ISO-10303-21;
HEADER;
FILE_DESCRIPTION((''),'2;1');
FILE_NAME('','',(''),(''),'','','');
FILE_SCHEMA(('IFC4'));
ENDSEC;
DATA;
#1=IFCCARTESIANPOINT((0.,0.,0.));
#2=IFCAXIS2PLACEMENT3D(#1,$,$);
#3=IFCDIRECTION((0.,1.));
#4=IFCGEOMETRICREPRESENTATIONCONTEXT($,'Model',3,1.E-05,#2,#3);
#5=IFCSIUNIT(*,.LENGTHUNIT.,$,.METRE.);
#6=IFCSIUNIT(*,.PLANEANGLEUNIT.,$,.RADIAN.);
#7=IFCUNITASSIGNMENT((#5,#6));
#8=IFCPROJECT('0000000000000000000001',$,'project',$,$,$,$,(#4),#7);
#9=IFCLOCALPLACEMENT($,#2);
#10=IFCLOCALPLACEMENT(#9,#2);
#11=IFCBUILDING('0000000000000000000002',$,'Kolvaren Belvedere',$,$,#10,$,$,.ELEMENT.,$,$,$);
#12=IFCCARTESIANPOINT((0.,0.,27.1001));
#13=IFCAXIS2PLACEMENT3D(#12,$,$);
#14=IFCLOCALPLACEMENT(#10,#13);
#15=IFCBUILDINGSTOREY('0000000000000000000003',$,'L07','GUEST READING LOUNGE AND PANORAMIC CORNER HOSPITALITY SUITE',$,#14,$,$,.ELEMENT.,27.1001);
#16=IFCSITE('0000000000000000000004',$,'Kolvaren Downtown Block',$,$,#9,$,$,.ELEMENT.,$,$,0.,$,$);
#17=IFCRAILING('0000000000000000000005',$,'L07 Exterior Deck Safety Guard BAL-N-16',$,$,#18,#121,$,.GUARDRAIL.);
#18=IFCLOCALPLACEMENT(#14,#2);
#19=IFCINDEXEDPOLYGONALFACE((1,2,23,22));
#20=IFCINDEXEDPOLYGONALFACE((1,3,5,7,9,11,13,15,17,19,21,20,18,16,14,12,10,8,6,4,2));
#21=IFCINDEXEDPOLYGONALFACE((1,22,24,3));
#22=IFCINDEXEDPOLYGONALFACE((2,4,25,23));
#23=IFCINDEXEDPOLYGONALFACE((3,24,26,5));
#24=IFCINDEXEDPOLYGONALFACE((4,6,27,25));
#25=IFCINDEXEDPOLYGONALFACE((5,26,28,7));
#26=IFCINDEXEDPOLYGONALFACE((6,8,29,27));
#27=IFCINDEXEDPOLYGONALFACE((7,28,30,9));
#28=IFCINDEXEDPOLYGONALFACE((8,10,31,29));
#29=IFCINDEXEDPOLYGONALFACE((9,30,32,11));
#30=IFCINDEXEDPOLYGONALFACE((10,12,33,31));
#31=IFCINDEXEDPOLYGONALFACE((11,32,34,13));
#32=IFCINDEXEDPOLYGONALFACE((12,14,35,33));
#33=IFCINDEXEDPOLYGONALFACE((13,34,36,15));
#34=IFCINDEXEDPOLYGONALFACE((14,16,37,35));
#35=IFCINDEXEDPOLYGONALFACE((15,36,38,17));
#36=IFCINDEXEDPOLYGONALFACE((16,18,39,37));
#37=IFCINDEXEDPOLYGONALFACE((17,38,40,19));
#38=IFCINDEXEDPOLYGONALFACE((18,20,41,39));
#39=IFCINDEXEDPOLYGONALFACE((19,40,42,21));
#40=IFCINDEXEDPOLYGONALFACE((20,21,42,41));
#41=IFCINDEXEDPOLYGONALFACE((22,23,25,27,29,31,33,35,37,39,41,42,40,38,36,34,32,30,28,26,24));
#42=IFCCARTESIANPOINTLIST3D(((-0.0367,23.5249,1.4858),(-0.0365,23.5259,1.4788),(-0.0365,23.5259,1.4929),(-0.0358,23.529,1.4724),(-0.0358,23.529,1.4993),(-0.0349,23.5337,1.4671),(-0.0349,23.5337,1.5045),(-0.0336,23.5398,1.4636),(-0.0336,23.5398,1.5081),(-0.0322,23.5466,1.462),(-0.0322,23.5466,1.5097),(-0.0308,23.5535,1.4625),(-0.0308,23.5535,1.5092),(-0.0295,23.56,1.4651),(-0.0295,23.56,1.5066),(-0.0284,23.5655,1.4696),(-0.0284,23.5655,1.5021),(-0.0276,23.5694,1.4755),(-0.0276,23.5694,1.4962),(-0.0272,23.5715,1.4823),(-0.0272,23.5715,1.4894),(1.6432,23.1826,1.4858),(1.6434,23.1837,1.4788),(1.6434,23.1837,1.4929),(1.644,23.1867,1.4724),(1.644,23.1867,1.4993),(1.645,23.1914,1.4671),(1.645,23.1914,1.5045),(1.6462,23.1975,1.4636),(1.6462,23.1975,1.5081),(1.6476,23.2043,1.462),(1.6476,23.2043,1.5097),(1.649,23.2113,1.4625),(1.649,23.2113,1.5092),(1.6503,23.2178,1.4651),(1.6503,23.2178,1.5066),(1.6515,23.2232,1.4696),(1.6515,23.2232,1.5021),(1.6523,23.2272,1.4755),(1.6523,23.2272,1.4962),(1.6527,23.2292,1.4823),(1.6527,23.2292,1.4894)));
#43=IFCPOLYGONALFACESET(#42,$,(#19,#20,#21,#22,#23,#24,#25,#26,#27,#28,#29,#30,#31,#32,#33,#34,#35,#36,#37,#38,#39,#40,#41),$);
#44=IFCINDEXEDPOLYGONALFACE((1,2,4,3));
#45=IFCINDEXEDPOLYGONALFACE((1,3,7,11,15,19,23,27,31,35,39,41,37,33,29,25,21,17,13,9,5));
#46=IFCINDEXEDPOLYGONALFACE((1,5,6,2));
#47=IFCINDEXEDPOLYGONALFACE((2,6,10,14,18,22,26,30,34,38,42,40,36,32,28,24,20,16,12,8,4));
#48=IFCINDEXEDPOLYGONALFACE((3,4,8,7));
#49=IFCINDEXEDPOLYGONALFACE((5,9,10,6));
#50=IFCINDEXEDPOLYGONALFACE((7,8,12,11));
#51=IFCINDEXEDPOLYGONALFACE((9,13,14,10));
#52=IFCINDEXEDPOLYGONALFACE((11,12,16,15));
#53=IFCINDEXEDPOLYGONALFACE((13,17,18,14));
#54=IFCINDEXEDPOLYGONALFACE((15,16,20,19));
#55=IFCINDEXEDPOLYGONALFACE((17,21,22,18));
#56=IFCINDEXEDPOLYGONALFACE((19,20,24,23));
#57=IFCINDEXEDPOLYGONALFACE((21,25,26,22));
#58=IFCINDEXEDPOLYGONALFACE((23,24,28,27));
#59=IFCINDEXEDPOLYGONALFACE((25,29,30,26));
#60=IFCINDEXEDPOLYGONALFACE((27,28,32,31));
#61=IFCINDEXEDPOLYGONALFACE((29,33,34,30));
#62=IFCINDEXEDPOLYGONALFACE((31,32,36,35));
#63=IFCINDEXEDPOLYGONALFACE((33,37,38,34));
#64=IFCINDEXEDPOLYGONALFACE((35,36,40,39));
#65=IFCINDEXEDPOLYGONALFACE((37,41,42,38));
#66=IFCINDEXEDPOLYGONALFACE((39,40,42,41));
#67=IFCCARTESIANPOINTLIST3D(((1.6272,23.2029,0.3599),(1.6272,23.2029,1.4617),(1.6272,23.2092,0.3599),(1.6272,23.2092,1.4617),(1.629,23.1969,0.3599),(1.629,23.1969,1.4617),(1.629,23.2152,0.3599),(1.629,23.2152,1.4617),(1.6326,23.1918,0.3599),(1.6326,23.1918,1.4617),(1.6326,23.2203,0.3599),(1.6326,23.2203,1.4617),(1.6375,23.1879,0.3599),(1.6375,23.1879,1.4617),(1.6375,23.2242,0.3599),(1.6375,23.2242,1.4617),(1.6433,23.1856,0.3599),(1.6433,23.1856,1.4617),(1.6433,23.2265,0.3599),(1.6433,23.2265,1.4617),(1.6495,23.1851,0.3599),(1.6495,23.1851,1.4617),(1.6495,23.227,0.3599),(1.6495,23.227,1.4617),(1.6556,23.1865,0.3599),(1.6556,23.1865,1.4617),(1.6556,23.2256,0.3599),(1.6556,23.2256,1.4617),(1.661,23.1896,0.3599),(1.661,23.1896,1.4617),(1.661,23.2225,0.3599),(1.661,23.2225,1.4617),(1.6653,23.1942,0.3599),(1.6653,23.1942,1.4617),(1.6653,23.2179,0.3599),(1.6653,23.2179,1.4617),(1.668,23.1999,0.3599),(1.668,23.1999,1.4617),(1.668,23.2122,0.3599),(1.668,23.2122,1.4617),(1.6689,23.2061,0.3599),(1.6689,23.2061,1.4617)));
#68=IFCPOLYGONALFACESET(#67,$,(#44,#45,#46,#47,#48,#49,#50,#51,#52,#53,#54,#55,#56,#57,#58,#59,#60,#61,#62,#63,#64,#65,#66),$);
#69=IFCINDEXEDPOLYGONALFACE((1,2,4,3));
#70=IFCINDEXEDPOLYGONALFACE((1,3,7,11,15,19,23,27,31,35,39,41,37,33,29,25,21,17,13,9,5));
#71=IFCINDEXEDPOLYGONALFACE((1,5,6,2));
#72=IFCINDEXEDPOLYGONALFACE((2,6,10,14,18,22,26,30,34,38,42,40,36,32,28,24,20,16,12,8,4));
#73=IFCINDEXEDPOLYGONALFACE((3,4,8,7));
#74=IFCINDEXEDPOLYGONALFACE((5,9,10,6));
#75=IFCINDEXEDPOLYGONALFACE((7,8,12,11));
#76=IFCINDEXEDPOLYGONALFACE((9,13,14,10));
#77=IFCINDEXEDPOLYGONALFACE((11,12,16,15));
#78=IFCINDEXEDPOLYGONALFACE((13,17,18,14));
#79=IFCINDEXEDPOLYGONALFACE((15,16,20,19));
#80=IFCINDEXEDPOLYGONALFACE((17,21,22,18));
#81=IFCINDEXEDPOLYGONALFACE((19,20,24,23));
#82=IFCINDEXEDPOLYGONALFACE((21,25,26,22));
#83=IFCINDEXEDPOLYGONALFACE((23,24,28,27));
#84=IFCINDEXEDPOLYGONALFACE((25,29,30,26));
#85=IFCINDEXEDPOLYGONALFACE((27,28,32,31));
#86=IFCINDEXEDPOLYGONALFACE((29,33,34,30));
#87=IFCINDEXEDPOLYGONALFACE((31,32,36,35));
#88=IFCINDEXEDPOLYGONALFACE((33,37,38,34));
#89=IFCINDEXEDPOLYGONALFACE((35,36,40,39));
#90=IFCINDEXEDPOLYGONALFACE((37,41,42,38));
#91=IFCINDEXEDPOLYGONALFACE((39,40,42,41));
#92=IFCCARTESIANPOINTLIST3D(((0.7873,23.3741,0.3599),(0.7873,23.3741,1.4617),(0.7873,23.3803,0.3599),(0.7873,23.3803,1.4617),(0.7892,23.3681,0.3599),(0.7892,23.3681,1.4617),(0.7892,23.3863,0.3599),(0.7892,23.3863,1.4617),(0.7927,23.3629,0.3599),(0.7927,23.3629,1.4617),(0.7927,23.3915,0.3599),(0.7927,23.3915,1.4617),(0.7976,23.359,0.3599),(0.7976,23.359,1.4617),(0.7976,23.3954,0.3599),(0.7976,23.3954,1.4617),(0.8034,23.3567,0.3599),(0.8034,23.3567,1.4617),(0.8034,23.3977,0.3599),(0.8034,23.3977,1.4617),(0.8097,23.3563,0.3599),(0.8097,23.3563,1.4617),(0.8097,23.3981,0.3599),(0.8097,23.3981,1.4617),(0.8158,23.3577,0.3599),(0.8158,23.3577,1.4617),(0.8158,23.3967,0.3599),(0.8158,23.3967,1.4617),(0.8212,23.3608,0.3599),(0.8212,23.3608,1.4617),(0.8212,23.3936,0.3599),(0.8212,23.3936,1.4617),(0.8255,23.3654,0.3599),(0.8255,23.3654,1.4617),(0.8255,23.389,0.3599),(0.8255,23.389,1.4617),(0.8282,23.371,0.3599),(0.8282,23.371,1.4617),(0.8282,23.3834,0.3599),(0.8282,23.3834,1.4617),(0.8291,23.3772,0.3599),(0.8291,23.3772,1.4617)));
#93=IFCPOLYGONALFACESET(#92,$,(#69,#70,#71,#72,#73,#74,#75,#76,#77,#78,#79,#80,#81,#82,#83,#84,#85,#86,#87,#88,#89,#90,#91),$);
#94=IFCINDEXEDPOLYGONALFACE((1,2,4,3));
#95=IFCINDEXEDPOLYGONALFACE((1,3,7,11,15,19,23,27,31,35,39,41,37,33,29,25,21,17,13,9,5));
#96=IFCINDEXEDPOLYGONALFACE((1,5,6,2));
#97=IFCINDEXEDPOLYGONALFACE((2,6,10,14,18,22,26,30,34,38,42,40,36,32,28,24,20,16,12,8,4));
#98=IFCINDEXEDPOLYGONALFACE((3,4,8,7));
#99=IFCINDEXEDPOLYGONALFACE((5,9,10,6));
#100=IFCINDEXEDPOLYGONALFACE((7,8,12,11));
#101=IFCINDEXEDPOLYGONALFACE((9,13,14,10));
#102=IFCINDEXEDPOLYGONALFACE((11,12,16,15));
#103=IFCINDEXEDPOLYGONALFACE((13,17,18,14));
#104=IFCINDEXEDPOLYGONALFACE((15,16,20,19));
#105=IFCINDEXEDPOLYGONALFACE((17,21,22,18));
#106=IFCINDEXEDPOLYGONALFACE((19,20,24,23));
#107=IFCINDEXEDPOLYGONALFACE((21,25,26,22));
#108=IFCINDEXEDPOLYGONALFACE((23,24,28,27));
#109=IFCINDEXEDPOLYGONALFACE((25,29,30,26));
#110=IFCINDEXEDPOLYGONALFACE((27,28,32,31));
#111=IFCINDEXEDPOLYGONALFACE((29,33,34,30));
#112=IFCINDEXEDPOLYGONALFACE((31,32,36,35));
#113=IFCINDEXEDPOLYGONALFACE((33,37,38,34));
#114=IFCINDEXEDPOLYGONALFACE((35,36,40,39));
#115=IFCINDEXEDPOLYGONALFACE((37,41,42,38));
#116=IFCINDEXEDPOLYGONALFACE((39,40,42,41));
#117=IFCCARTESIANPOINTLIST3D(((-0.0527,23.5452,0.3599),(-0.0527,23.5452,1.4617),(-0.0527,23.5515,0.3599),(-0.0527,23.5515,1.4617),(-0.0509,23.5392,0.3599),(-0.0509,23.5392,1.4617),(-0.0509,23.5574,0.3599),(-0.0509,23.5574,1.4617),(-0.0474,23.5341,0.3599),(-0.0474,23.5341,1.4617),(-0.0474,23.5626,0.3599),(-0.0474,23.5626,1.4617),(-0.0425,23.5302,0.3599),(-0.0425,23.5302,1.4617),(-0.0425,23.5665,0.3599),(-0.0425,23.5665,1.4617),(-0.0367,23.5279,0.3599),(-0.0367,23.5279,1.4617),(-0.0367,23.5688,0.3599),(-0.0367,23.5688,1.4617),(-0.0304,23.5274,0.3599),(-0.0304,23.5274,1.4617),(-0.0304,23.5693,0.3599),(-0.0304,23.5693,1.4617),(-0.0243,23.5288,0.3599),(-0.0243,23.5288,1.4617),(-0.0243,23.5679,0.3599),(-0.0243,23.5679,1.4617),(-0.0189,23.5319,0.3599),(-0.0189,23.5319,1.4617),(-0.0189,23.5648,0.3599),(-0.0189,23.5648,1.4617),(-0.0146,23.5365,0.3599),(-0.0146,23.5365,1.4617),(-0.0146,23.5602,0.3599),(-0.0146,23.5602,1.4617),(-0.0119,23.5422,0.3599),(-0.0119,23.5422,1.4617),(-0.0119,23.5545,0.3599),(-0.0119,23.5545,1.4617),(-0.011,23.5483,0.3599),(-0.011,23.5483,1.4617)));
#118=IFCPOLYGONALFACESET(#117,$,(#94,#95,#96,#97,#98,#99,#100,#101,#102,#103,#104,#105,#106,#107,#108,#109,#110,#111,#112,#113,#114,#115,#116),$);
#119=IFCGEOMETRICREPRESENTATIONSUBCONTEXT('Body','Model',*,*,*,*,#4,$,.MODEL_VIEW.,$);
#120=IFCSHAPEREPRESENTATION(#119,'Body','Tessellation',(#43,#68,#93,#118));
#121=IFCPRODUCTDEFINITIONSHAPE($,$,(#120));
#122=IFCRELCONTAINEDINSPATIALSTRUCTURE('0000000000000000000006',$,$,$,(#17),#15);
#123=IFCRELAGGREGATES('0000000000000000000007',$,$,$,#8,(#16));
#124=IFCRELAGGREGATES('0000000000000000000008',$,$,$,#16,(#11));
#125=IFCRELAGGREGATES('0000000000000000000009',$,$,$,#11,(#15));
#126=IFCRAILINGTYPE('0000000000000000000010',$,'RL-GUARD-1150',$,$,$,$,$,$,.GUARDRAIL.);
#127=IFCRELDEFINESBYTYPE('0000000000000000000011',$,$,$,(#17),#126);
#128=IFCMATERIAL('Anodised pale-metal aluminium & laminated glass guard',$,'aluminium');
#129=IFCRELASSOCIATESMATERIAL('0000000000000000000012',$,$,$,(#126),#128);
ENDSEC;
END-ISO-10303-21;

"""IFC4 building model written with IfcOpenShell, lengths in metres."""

from ifc_helpers import new_model, si_unit, direction, frame, origin, origin_2d, place, context, subcontext, project, spatial, circle, extrude, material, type_object, element, save


model = new_model("IFC4")

# Units and contexts
model_context = context("Model", 3, precision=1e-05, world=origin(), true_north=direction((0.0, 1.0)))
body_context = subcontext(model_context, "Body", "Model", "MODEL_VIEW")
ifc_project = project(units=[si_unit("LENGTHUNIT", "METRE"), si_unit("PLANEANGLEUNIT", "RADIAN")], contexts=[model_context])

# Site, building, storey
site_placement = place(None, origin())
site = spatial("IfcSite", under=ifc_project, at=site_placement, Name="Kolvaren Downtown Block", CompositionType="ELEMENT", RefElevation=0.0)
building_placement = place(site_placement, origin())
building = spatial("IfcBuilding", under=site, at=building_placement, Name="Kolvaren Belvedere", CompositionType="ELEMENT")
storey_placement = place(building_placement, frame((0.0, 0.0, 27.1001)))
storey = spatial("IfcBuildingStorey", under=building, at=storey_placement, Name="L07", Description="GUEST READING LOUNGE AND PANORAMIC CORNER HOSPITALITY SUITE", CompositionType="ELEMENT", Elevation=27.1001)

# Railing
ifc_material_1 = material(Name="Anodised pale-metal aluminium & laminated glass guard", Category="aluminium")
railing_type = type_object("IfcRailingType", Name="RL-GUARD-1150", PredefinedType="GUARDRAIL", material=ifc_material_1)
railing_1_placement = place(storey_placement, frame((1.6479, 23.2061, 0.3599)))
element("IfcRailing", 1, at=railing_1_placement, inside=storey, type_object=railing_type, Name="L07 Exterior Deck Safety Guard BAL-N-16", PredefinedType="GUARDRAIL", context=body_context, shape_type="SweptSolid", body=[
    extrude(circle(Radius=0.0239, at=origin_2d()), frame((0.0, 0.0, 1.126), z_axis=(-0.979868, 0.199648, 0.0), x_axis=(-0.199648, -0.979868, 0.0)), (0.0, 0.0, 1.0), 1.7144),
    extrude(circle(Radius=0.021, at=origin_2d()), origin(), (0.0, 0.0, 1.0), 1.1018),
    extrude(circle(Radius=0.021, at=origin_2d()), frame((-0.8398, 0.1711, 0.0)), (0.0, 0.0, 1.0), 1.1018),
    extrude(circle(Radius=0.021, at=origin_2d()), frame((-1.6799, 0.3423, 0.0)), (0.0, 0.0, 1.0), 1.1018),
])

save(model, "model.ifc")
